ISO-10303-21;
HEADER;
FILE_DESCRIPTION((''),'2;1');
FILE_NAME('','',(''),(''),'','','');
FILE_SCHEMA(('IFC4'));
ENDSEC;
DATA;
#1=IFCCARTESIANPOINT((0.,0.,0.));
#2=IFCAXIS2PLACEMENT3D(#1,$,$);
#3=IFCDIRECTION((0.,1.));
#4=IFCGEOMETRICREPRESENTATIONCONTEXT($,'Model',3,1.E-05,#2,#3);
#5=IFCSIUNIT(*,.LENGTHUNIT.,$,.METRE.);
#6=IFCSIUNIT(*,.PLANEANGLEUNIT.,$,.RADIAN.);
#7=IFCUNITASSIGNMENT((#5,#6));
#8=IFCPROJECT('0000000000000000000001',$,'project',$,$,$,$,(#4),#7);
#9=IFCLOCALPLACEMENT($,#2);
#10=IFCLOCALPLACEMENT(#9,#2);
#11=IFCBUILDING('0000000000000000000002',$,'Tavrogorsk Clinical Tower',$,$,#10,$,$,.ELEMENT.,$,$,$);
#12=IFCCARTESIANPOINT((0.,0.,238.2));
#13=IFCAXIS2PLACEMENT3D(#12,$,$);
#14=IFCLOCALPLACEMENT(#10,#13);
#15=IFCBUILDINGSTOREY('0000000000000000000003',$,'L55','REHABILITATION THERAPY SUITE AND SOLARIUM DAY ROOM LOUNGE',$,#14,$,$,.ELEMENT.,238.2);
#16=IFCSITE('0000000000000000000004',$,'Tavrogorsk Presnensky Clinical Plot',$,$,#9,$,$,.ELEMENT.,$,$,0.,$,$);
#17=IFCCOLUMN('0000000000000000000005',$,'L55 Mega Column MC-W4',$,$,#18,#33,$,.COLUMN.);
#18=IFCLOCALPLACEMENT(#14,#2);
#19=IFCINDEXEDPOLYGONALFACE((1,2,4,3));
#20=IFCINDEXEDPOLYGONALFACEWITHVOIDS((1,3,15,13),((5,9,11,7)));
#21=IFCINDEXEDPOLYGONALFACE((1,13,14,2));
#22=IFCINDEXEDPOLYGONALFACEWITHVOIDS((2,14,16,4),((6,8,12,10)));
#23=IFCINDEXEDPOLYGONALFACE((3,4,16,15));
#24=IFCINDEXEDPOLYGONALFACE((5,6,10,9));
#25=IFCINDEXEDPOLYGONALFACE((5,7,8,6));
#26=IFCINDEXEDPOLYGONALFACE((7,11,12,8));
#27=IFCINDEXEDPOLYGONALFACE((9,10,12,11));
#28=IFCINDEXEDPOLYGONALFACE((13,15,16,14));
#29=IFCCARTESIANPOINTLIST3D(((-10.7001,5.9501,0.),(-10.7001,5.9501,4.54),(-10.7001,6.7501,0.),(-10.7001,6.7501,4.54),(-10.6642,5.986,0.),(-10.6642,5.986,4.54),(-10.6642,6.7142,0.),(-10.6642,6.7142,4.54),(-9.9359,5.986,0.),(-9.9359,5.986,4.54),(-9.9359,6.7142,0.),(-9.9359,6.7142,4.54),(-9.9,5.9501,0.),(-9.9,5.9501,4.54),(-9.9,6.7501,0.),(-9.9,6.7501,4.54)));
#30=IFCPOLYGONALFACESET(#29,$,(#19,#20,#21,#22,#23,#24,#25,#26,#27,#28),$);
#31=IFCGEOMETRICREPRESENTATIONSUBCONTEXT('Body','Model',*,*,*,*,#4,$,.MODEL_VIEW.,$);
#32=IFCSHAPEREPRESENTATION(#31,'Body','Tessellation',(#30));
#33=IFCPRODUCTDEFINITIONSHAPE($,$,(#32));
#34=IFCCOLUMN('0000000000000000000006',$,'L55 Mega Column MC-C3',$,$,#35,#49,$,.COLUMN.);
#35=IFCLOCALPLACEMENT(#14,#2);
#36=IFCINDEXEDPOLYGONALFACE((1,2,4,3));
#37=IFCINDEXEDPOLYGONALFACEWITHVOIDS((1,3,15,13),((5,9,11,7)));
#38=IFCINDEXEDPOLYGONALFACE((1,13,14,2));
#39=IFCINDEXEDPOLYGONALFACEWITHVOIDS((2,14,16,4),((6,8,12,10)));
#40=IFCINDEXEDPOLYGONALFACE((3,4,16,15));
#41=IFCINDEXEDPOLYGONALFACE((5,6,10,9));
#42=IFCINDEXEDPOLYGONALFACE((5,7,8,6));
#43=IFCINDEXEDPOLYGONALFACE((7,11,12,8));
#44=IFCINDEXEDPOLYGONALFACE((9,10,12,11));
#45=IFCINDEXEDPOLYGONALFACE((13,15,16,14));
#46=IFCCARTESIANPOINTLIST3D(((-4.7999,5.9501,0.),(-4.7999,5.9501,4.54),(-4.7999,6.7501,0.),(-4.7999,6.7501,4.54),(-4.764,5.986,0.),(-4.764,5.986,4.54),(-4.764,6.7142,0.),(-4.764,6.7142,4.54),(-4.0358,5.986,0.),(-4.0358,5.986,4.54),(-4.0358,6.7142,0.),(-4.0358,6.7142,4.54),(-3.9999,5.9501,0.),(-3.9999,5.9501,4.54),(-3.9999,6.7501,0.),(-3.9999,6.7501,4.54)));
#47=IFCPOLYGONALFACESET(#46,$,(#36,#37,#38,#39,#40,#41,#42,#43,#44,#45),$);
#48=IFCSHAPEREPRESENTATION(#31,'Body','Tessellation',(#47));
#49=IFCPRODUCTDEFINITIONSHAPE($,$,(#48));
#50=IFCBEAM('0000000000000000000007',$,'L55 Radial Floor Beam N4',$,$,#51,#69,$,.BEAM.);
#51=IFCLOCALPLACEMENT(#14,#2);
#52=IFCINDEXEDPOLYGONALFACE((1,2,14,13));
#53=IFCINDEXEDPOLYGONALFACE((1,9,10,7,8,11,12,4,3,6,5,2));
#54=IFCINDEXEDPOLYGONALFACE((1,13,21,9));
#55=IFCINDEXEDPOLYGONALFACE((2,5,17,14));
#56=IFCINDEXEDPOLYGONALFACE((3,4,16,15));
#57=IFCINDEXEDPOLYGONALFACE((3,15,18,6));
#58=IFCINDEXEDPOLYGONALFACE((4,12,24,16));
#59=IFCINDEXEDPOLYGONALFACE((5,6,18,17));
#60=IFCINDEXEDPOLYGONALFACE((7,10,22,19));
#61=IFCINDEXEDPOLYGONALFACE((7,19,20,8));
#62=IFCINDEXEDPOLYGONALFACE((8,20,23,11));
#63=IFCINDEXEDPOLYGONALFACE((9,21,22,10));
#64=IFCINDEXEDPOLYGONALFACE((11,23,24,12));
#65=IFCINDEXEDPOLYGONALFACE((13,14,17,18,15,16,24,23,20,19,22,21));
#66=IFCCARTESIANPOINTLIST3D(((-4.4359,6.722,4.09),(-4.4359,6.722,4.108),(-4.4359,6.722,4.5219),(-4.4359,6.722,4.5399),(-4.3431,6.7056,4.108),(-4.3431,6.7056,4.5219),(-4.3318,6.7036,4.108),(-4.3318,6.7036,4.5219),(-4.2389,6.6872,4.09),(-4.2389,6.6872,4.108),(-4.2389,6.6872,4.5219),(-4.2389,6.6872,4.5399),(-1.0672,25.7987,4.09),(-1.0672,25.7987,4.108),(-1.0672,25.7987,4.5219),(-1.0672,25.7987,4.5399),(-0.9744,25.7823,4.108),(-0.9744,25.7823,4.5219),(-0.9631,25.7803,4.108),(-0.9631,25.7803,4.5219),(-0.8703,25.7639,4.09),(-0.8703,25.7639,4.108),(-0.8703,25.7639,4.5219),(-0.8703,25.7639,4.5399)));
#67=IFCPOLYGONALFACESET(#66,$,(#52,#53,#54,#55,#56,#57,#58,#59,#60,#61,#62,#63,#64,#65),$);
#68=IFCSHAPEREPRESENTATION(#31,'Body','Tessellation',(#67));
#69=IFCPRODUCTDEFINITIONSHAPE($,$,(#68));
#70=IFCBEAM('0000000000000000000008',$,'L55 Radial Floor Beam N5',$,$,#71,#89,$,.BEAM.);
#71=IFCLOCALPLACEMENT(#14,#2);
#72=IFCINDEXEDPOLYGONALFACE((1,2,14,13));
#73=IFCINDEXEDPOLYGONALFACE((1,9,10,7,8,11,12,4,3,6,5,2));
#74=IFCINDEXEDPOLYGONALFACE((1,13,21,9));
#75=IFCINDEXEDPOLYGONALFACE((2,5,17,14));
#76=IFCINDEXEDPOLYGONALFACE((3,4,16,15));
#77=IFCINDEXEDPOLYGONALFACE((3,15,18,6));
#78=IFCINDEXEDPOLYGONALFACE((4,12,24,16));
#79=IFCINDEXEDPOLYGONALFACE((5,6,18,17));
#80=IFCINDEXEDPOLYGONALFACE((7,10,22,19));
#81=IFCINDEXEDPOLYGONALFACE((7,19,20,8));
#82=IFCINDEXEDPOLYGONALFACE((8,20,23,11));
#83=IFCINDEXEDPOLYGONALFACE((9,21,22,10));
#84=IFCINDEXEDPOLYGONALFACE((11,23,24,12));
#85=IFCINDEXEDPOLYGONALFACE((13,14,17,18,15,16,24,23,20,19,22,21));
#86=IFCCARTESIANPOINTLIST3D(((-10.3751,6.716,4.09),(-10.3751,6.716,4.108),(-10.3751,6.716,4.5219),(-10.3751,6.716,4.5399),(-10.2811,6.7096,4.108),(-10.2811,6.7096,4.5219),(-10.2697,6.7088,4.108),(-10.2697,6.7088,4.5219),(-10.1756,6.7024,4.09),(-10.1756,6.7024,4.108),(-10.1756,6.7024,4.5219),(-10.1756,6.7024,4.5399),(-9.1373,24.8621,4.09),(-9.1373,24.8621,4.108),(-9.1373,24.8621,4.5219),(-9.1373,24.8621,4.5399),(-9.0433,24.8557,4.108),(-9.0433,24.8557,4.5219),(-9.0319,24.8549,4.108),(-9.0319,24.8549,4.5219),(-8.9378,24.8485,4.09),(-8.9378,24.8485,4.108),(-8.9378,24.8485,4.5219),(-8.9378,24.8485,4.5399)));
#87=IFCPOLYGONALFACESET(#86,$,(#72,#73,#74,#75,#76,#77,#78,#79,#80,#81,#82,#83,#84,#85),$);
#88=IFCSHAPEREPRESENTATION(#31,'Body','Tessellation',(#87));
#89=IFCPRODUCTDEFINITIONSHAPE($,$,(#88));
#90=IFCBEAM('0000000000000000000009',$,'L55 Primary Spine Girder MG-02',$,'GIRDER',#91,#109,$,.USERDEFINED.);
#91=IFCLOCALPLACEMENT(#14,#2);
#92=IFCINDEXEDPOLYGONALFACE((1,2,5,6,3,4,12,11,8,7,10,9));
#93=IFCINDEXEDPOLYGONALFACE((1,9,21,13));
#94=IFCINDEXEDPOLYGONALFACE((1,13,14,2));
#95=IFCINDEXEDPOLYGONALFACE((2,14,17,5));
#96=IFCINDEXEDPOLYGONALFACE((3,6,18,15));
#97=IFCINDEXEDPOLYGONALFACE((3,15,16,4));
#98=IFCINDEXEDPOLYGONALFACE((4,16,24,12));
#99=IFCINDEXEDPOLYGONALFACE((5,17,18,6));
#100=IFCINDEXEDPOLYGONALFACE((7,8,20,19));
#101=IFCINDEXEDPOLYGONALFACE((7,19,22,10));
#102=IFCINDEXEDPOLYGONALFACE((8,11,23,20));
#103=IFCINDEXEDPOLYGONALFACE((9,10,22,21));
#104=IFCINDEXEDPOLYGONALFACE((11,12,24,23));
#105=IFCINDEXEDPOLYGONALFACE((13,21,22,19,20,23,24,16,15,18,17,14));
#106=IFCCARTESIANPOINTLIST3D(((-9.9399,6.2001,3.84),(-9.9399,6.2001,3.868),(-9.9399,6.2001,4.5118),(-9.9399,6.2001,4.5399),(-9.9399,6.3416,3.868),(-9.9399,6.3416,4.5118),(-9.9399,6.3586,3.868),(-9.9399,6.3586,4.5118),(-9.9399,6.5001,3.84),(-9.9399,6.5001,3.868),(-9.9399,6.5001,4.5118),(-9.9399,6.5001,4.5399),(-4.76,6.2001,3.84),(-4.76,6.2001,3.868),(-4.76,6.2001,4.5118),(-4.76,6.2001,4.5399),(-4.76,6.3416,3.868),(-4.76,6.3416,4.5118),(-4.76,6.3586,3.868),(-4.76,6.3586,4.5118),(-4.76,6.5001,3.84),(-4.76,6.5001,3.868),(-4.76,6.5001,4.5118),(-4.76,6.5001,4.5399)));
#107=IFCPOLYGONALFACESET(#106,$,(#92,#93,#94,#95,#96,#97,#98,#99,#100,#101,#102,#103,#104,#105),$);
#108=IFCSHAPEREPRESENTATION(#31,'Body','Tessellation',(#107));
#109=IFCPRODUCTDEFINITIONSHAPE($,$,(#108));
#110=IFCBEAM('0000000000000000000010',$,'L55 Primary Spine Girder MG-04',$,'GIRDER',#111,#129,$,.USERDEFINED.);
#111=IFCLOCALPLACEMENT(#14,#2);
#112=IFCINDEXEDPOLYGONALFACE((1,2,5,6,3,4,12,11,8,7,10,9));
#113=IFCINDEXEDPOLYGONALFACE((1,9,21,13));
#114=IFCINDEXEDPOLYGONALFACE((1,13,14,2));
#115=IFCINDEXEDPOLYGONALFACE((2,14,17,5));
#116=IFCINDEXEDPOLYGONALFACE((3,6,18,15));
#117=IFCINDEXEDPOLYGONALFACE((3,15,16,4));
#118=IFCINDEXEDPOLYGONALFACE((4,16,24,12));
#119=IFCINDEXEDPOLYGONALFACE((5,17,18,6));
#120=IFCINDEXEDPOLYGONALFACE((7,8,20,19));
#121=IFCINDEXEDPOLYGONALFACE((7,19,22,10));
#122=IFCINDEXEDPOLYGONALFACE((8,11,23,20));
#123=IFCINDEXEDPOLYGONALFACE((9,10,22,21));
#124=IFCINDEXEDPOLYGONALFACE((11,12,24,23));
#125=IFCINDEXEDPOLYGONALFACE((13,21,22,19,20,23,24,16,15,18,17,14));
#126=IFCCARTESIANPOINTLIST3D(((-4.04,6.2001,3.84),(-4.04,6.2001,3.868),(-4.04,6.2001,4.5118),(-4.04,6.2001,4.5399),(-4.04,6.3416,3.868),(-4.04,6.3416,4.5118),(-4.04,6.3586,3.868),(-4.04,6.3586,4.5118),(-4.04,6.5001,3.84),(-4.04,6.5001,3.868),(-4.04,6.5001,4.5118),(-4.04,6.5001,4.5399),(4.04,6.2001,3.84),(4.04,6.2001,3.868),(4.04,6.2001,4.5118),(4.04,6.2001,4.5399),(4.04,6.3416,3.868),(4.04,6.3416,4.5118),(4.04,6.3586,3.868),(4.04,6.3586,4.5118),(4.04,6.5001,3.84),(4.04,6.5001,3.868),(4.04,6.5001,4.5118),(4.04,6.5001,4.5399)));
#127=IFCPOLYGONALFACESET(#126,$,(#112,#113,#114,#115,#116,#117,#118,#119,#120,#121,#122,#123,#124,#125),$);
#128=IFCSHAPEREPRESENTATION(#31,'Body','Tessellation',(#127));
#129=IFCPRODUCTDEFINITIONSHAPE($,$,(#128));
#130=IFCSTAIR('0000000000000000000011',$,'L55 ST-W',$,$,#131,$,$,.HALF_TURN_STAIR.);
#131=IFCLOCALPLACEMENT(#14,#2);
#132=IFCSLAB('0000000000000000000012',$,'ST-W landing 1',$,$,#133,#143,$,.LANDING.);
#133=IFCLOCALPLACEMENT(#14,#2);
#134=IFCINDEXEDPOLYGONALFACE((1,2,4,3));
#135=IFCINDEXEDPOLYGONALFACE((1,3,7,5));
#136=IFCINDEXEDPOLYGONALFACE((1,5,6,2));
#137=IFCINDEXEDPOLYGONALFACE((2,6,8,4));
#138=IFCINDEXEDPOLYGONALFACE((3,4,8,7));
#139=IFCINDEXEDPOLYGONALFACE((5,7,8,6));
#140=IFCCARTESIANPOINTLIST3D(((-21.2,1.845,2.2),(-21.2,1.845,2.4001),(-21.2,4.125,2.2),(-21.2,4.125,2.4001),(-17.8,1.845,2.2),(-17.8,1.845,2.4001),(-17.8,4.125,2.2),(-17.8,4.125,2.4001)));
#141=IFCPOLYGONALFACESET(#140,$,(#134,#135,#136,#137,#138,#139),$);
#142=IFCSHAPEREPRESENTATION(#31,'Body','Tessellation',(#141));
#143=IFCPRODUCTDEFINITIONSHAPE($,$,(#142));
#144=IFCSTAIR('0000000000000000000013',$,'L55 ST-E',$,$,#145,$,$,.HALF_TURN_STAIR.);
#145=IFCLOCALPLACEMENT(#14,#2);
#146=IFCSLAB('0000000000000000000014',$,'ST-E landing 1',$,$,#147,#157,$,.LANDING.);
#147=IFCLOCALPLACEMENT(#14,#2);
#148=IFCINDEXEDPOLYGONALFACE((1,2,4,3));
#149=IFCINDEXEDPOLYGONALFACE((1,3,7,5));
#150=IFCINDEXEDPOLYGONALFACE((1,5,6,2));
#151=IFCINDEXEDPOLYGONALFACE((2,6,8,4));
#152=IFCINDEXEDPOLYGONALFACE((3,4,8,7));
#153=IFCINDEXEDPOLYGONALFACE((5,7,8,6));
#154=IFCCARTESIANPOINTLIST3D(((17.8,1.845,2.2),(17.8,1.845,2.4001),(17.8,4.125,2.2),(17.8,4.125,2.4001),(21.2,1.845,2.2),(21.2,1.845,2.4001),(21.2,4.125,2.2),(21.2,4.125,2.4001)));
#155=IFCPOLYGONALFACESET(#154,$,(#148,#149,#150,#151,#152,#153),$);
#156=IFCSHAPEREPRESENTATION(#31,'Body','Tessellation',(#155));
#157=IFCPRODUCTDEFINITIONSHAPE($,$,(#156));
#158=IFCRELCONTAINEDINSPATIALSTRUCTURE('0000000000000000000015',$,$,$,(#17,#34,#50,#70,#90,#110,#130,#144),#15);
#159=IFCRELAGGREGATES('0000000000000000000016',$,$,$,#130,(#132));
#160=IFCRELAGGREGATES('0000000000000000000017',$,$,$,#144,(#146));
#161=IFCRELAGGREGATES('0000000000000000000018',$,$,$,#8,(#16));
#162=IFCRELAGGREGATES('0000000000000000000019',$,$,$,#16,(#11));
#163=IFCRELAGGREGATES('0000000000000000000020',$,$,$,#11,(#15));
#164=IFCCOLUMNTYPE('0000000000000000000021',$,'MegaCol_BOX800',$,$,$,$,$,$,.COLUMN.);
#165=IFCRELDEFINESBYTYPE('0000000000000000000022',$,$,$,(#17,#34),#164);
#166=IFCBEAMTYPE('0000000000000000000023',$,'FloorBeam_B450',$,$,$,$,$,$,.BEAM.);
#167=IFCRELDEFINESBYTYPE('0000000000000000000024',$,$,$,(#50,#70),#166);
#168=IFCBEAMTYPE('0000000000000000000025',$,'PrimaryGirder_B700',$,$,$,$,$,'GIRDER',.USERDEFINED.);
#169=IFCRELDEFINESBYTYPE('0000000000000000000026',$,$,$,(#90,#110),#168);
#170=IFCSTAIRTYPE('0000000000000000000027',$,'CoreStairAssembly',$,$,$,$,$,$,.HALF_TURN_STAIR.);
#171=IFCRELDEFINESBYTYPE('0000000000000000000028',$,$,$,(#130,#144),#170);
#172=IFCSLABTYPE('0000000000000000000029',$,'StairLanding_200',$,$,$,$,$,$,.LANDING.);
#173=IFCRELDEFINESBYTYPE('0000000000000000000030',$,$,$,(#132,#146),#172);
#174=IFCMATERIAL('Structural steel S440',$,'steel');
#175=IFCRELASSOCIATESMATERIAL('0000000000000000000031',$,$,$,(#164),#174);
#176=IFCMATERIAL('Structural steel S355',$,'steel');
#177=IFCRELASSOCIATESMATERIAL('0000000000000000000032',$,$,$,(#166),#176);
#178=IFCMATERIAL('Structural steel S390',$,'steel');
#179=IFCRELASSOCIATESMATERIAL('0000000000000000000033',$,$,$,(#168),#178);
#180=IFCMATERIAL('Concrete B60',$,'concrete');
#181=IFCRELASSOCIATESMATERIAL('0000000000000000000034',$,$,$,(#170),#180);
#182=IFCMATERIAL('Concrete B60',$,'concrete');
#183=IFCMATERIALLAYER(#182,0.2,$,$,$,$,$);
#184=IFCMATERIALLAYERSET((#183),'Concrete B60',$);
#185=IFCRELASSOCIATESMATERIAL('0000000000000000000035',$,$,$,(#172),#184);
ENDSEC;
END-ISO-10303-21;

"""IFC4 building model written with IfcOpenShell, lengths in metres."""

from ifc_helpers import new_model, si_unit, direction, frame, origin, origin_2d, place, context, subcontext, project, spatial, polyline, hollow_rectangle, i_section, outline, extrude, material, layer, layer_set, material_profile, profile_set, type_object, element, aggregate, save


model = new_model("IFC4")

# Units and contexts
model_context = context("Model", 3, precision=1e-05, world=origin(), true_north=direction((0.0, 1.0)))
body_context = subcontext(model_context, "Body", "Model", "MODEL_VIEW")
ifc_project = project(units=[si_unit("LENGTHUNIT", "METRE"), si_unit("PLANEANGLEUNIT", "RADIAN")], contexts=[model_context])

# Site, building, storey
site_placement = place(None, origin())
site = spatial("IfcSite", under=ifc_project, at=site_placement, Name="Tavrogorsk Presnensky Clinical Plot", CompositionType="ELEMENT", RefElevation=0.0)
building_placement = place(site_placement, origin())
building = spatial("IfcBuilding", under=site, at=building_placement, Name="Tavrogorsk Clinical Tower", CompositionType="ELEMENT")
storey_placement = place(building_placement, frame((0.0, 0.0, 238.2)))
storey = spatial("IfcBuildingStorey", under=building, at=storey_placement, Name="L55", Description="REHABILITATION THERAPY SUITE AND SOLARIUM DAY ROOM LOUNGE", CompositionType="ELEMENT", Elevation=238.2)

# Columns
ifc_material_1 = material(Name="Structural steel S440", Category="steel")
ifc_material_profile_1 = material_profile(ifc_material_1, hollow_rectangle(XDim=0.8, YDim=0.8, WallThickness=0.0359, at=origin_2d()), Name="BOX-800x800x36")
ifc_profile_set_1 = profile_set([ifc_material_profile_1], Name="Structural steel S440")
column_type = type_object("IfcColumnType", Name="MegaCol_BOX800", PredefinedType="COLUMN", material=ifc_profile_set_1)
for number, where, z_axis, x_axis, name in (
    (1, (-10.3, 6.3501, 0.0), (0.0, 0.0, 1.0), (1.0, 0.0, 0.0), "L55 Mega Column MC-W4"),
    (2, (-4.3999, 6.3501, 0.0), (0.0, 0.0, 1.0), (1.0, 0.0, 0.0), "L55 Mega Column MC-C3"),
):
    element("IfcColumn", number, at=place(storey_placement, frame(where, z_axis=z_axis, x_axis=x_axis)), inside=storey, type_object=column_type, Name=name, PredefinedType="COLUMN", context=body_context, shape_type="SweptSolid", body=[
        extrude(hollow_rectangle(XDim=0.8, YDim=0.8, WallThickness=0.0359, at=origin_2d()), origin(), (0.0, 0.0, 1.0), 4.54),
    ])

# Beams
ifc_material_2 = material(Name="Structural steel S355", Category="steel")
ifc_material_profile_2 = material_profile(ifc_material_2, i_section(OverallWidth=0.2, OverallDepth=0.45, WebThickness=0.0115, FlangeThickness=0.0181, at=origin_2d()), Name="B-450x200x11.5x18")
ifc_profile_set_2 = profile_set([ifc_material_profile_2], Name="Structural steel S355")
beam_type_1 = type_object("IfcBeamType", Name="FloorBeam_B450", PredefinedType="BEAM", material=ifc_profile_set_2)
beam_1_placement = place(storey_placement, frame((-4.3374, 6.7046, 4.3149), z_axis=(0.173895, 0.984764, 0.0), x_axis=(-0.984764, 0.173895, 0.0)))
element("IfcBeam", 3, at=beam_1_placement, inside=storey, type_object=beam_type_1, Name="L55 Radial Floor Beam N4", PredefinedType="BEAM", context=body_context, shape_type="SweptSolid", body=[
    extrude(i_section(OverallWidth=0.2, OverallDepth=0.45, WebThickness=0.0115, FlangeThickness=0.0181, at=origin_2d()), origin(), (0.0, 0.0, 1.0), 19.3718),
])
beam_2_placement = place(storey_placement, frame((-10.2754, 6.7092, 4.3149), z_axis=(0.068055, 0.997682, 0.0), x_axis=(-0.997682, 0.068055, 0.0)))
element("IfcBeam", 4, at=beam_2_placement, inside=storey, type_object=beam_type_1, Name="L55 Radial Floor Beam N5", PredefinedType="BEAM", context=body_context, shape_type="SweptSolid", body=[
    extrude(i_section(OverallWidth=0.2, OverallDepth=0.45, WebThickness=0.0115, FlangeThickness=0.0181, at=origin_2d()), origin(), (0.0, 0.0, 1.0), 18.1882),
])
ifc_material_3 = material(Name="Structural steel S390", Category="steel")
ifc_material_profile_3 = material_profile(ifc_material_3, i_section(OverallWidth=0.3, OverallDepth=0.7, WebThickness=0.0171, FlangeThickness=0.0281, at=origin_2d()), Name="B-700x300x17x28")
ifc_profile_set_3 = profile_set([ifc_material_profile_3], Name="Structural steel S390")
beam_type_2 = type_object("IfcBeamType", Name="PrimaryGirder_B700", ElementType="GIRDER", PredefinedType="USERDEFINED", material=ifc_profile_set_3)
beam_3_placement = place(storey_placement, frame((-9.9399, 6.3501, 4.1899), z_axis=(1.0, 0.0, 0.0), x_axis=(0.0, 1.0, 0.0)))
element("IfcBeam", 5, at=beam_3_placement, inside=storey, type_object=beam_type_2, Name="L55 Primary Spine Girder MG-02", ObjectType="GIRDER", PredefinedType="USERDEFINED", context=body_context, shape_type="SweptSolid", body=[
    extrude(i_section(OverallWidth=0.3, OverallDepth=0.7, WebThickness=0.0171, FlangeThickness=0.0281, at=origin_2d()), origin(), (0.0, 0.0, 1.0), 5.1799),
])
beam_4_placement = place(storey_placement, frame((-4.04, 6.3501, 4.1899), z_axis=(1.0, 0.0, 0.0), x_axis=(0.0, 1.0, 0.0)))
element("IfcBeam", 6, at=beam_4_placement, inside=storey, type_object=beam_type_2, Name="L55 Primary Spine Girder MG-04", ObjectType="GIRDER", PredefinedType="USERDEFINED", context=body_context, shape_type="SweptSolid", body=[
    extrude(i_section(OverallWidth=0.3, OverallDepth=0.7, WebThickness=0.0171, FlangeThickness=0.0281, at=origin_2d()), origin(), (0.0, 0.0, 1.0), 8.0801),
])

# Stairs, slabs
ifc_material_4 = material(Name="Concrete B60", Category="concrete")
stair_type = type_object("IfcStairType", Name="CoreStairAssembly", PredefinedType="HALF_TURN_STAIR", material=ifc_material_4)
stair_1_placement = place(storey_placement, origin())
stair_1 = element("IfcStair", 7, at=stair_1_placement, inside=storey, type_object=stair_type, Name="L55 ST-W", PredefinedType="HALF_TURN_STAIR")
ifc_material_5 = material(Name="Concrete B60", Category="concrete")
ifc_layer_1 = layer(ifc_material_5, 0.2)
ifc_layer_set_1 = layer_set([ifc_layer_1], Name="Concrete B60")
slab_type_1 = type_object("IfcSlabType", Name="StairLanding_200", PredefinedType="LANDING", material=ifc_layer_set_1)
slab_1_placement = place(storey_placement, frame((0.0, 0.0, 2.2)))
slab_1 = element("IfcSlab", 8, at=slab_1_placement, type_object=slab_type_1, Name="ST-W landing 1", PredefinedType="LANDING", context=body_context, shape_type="SweptSolid", body=[
    extrude(outline(polyline([(-17.8, 1.845), (-17.8, 4.125), (-21.2, 4.125), (-21.2, 1.845), (-17.8, 1.845)])), origin(), (0.0, 0.0, 1.0), 0.2002),
])
aggregate(stair_1, [slab_1])
stair_2_placement = place(storey_placement, origin())
stair_2 = element("IfcStair", 9, at=stair_2_placement, inside=storey, type_object=stair_type, Name="L55 ST-E", PredefinedType="HALF_TURN_STAIR")
slab_2_placement = place(storey_placement, frame((0.0, 0.0, 2.2)))
slab_2 = element("IfcSlab", 10, at=slab_2_placement, type_object=slab_type_1, Name="ST-E landing 1", PredefinedType="LANDING", context=body_context, shape_type="SweptSolid", body=[
    extrude(outline(polyline([(21.2, 1.845), (21.2, 4.125), (17.8, 4.125), (17.8, 1.845), (21.2, 1.845)])), origin(), (0.0, 0.0, 1.0), 0.2002),
])
aggregate(stair_2, [slab_2])

save(model, "model.ifc")
